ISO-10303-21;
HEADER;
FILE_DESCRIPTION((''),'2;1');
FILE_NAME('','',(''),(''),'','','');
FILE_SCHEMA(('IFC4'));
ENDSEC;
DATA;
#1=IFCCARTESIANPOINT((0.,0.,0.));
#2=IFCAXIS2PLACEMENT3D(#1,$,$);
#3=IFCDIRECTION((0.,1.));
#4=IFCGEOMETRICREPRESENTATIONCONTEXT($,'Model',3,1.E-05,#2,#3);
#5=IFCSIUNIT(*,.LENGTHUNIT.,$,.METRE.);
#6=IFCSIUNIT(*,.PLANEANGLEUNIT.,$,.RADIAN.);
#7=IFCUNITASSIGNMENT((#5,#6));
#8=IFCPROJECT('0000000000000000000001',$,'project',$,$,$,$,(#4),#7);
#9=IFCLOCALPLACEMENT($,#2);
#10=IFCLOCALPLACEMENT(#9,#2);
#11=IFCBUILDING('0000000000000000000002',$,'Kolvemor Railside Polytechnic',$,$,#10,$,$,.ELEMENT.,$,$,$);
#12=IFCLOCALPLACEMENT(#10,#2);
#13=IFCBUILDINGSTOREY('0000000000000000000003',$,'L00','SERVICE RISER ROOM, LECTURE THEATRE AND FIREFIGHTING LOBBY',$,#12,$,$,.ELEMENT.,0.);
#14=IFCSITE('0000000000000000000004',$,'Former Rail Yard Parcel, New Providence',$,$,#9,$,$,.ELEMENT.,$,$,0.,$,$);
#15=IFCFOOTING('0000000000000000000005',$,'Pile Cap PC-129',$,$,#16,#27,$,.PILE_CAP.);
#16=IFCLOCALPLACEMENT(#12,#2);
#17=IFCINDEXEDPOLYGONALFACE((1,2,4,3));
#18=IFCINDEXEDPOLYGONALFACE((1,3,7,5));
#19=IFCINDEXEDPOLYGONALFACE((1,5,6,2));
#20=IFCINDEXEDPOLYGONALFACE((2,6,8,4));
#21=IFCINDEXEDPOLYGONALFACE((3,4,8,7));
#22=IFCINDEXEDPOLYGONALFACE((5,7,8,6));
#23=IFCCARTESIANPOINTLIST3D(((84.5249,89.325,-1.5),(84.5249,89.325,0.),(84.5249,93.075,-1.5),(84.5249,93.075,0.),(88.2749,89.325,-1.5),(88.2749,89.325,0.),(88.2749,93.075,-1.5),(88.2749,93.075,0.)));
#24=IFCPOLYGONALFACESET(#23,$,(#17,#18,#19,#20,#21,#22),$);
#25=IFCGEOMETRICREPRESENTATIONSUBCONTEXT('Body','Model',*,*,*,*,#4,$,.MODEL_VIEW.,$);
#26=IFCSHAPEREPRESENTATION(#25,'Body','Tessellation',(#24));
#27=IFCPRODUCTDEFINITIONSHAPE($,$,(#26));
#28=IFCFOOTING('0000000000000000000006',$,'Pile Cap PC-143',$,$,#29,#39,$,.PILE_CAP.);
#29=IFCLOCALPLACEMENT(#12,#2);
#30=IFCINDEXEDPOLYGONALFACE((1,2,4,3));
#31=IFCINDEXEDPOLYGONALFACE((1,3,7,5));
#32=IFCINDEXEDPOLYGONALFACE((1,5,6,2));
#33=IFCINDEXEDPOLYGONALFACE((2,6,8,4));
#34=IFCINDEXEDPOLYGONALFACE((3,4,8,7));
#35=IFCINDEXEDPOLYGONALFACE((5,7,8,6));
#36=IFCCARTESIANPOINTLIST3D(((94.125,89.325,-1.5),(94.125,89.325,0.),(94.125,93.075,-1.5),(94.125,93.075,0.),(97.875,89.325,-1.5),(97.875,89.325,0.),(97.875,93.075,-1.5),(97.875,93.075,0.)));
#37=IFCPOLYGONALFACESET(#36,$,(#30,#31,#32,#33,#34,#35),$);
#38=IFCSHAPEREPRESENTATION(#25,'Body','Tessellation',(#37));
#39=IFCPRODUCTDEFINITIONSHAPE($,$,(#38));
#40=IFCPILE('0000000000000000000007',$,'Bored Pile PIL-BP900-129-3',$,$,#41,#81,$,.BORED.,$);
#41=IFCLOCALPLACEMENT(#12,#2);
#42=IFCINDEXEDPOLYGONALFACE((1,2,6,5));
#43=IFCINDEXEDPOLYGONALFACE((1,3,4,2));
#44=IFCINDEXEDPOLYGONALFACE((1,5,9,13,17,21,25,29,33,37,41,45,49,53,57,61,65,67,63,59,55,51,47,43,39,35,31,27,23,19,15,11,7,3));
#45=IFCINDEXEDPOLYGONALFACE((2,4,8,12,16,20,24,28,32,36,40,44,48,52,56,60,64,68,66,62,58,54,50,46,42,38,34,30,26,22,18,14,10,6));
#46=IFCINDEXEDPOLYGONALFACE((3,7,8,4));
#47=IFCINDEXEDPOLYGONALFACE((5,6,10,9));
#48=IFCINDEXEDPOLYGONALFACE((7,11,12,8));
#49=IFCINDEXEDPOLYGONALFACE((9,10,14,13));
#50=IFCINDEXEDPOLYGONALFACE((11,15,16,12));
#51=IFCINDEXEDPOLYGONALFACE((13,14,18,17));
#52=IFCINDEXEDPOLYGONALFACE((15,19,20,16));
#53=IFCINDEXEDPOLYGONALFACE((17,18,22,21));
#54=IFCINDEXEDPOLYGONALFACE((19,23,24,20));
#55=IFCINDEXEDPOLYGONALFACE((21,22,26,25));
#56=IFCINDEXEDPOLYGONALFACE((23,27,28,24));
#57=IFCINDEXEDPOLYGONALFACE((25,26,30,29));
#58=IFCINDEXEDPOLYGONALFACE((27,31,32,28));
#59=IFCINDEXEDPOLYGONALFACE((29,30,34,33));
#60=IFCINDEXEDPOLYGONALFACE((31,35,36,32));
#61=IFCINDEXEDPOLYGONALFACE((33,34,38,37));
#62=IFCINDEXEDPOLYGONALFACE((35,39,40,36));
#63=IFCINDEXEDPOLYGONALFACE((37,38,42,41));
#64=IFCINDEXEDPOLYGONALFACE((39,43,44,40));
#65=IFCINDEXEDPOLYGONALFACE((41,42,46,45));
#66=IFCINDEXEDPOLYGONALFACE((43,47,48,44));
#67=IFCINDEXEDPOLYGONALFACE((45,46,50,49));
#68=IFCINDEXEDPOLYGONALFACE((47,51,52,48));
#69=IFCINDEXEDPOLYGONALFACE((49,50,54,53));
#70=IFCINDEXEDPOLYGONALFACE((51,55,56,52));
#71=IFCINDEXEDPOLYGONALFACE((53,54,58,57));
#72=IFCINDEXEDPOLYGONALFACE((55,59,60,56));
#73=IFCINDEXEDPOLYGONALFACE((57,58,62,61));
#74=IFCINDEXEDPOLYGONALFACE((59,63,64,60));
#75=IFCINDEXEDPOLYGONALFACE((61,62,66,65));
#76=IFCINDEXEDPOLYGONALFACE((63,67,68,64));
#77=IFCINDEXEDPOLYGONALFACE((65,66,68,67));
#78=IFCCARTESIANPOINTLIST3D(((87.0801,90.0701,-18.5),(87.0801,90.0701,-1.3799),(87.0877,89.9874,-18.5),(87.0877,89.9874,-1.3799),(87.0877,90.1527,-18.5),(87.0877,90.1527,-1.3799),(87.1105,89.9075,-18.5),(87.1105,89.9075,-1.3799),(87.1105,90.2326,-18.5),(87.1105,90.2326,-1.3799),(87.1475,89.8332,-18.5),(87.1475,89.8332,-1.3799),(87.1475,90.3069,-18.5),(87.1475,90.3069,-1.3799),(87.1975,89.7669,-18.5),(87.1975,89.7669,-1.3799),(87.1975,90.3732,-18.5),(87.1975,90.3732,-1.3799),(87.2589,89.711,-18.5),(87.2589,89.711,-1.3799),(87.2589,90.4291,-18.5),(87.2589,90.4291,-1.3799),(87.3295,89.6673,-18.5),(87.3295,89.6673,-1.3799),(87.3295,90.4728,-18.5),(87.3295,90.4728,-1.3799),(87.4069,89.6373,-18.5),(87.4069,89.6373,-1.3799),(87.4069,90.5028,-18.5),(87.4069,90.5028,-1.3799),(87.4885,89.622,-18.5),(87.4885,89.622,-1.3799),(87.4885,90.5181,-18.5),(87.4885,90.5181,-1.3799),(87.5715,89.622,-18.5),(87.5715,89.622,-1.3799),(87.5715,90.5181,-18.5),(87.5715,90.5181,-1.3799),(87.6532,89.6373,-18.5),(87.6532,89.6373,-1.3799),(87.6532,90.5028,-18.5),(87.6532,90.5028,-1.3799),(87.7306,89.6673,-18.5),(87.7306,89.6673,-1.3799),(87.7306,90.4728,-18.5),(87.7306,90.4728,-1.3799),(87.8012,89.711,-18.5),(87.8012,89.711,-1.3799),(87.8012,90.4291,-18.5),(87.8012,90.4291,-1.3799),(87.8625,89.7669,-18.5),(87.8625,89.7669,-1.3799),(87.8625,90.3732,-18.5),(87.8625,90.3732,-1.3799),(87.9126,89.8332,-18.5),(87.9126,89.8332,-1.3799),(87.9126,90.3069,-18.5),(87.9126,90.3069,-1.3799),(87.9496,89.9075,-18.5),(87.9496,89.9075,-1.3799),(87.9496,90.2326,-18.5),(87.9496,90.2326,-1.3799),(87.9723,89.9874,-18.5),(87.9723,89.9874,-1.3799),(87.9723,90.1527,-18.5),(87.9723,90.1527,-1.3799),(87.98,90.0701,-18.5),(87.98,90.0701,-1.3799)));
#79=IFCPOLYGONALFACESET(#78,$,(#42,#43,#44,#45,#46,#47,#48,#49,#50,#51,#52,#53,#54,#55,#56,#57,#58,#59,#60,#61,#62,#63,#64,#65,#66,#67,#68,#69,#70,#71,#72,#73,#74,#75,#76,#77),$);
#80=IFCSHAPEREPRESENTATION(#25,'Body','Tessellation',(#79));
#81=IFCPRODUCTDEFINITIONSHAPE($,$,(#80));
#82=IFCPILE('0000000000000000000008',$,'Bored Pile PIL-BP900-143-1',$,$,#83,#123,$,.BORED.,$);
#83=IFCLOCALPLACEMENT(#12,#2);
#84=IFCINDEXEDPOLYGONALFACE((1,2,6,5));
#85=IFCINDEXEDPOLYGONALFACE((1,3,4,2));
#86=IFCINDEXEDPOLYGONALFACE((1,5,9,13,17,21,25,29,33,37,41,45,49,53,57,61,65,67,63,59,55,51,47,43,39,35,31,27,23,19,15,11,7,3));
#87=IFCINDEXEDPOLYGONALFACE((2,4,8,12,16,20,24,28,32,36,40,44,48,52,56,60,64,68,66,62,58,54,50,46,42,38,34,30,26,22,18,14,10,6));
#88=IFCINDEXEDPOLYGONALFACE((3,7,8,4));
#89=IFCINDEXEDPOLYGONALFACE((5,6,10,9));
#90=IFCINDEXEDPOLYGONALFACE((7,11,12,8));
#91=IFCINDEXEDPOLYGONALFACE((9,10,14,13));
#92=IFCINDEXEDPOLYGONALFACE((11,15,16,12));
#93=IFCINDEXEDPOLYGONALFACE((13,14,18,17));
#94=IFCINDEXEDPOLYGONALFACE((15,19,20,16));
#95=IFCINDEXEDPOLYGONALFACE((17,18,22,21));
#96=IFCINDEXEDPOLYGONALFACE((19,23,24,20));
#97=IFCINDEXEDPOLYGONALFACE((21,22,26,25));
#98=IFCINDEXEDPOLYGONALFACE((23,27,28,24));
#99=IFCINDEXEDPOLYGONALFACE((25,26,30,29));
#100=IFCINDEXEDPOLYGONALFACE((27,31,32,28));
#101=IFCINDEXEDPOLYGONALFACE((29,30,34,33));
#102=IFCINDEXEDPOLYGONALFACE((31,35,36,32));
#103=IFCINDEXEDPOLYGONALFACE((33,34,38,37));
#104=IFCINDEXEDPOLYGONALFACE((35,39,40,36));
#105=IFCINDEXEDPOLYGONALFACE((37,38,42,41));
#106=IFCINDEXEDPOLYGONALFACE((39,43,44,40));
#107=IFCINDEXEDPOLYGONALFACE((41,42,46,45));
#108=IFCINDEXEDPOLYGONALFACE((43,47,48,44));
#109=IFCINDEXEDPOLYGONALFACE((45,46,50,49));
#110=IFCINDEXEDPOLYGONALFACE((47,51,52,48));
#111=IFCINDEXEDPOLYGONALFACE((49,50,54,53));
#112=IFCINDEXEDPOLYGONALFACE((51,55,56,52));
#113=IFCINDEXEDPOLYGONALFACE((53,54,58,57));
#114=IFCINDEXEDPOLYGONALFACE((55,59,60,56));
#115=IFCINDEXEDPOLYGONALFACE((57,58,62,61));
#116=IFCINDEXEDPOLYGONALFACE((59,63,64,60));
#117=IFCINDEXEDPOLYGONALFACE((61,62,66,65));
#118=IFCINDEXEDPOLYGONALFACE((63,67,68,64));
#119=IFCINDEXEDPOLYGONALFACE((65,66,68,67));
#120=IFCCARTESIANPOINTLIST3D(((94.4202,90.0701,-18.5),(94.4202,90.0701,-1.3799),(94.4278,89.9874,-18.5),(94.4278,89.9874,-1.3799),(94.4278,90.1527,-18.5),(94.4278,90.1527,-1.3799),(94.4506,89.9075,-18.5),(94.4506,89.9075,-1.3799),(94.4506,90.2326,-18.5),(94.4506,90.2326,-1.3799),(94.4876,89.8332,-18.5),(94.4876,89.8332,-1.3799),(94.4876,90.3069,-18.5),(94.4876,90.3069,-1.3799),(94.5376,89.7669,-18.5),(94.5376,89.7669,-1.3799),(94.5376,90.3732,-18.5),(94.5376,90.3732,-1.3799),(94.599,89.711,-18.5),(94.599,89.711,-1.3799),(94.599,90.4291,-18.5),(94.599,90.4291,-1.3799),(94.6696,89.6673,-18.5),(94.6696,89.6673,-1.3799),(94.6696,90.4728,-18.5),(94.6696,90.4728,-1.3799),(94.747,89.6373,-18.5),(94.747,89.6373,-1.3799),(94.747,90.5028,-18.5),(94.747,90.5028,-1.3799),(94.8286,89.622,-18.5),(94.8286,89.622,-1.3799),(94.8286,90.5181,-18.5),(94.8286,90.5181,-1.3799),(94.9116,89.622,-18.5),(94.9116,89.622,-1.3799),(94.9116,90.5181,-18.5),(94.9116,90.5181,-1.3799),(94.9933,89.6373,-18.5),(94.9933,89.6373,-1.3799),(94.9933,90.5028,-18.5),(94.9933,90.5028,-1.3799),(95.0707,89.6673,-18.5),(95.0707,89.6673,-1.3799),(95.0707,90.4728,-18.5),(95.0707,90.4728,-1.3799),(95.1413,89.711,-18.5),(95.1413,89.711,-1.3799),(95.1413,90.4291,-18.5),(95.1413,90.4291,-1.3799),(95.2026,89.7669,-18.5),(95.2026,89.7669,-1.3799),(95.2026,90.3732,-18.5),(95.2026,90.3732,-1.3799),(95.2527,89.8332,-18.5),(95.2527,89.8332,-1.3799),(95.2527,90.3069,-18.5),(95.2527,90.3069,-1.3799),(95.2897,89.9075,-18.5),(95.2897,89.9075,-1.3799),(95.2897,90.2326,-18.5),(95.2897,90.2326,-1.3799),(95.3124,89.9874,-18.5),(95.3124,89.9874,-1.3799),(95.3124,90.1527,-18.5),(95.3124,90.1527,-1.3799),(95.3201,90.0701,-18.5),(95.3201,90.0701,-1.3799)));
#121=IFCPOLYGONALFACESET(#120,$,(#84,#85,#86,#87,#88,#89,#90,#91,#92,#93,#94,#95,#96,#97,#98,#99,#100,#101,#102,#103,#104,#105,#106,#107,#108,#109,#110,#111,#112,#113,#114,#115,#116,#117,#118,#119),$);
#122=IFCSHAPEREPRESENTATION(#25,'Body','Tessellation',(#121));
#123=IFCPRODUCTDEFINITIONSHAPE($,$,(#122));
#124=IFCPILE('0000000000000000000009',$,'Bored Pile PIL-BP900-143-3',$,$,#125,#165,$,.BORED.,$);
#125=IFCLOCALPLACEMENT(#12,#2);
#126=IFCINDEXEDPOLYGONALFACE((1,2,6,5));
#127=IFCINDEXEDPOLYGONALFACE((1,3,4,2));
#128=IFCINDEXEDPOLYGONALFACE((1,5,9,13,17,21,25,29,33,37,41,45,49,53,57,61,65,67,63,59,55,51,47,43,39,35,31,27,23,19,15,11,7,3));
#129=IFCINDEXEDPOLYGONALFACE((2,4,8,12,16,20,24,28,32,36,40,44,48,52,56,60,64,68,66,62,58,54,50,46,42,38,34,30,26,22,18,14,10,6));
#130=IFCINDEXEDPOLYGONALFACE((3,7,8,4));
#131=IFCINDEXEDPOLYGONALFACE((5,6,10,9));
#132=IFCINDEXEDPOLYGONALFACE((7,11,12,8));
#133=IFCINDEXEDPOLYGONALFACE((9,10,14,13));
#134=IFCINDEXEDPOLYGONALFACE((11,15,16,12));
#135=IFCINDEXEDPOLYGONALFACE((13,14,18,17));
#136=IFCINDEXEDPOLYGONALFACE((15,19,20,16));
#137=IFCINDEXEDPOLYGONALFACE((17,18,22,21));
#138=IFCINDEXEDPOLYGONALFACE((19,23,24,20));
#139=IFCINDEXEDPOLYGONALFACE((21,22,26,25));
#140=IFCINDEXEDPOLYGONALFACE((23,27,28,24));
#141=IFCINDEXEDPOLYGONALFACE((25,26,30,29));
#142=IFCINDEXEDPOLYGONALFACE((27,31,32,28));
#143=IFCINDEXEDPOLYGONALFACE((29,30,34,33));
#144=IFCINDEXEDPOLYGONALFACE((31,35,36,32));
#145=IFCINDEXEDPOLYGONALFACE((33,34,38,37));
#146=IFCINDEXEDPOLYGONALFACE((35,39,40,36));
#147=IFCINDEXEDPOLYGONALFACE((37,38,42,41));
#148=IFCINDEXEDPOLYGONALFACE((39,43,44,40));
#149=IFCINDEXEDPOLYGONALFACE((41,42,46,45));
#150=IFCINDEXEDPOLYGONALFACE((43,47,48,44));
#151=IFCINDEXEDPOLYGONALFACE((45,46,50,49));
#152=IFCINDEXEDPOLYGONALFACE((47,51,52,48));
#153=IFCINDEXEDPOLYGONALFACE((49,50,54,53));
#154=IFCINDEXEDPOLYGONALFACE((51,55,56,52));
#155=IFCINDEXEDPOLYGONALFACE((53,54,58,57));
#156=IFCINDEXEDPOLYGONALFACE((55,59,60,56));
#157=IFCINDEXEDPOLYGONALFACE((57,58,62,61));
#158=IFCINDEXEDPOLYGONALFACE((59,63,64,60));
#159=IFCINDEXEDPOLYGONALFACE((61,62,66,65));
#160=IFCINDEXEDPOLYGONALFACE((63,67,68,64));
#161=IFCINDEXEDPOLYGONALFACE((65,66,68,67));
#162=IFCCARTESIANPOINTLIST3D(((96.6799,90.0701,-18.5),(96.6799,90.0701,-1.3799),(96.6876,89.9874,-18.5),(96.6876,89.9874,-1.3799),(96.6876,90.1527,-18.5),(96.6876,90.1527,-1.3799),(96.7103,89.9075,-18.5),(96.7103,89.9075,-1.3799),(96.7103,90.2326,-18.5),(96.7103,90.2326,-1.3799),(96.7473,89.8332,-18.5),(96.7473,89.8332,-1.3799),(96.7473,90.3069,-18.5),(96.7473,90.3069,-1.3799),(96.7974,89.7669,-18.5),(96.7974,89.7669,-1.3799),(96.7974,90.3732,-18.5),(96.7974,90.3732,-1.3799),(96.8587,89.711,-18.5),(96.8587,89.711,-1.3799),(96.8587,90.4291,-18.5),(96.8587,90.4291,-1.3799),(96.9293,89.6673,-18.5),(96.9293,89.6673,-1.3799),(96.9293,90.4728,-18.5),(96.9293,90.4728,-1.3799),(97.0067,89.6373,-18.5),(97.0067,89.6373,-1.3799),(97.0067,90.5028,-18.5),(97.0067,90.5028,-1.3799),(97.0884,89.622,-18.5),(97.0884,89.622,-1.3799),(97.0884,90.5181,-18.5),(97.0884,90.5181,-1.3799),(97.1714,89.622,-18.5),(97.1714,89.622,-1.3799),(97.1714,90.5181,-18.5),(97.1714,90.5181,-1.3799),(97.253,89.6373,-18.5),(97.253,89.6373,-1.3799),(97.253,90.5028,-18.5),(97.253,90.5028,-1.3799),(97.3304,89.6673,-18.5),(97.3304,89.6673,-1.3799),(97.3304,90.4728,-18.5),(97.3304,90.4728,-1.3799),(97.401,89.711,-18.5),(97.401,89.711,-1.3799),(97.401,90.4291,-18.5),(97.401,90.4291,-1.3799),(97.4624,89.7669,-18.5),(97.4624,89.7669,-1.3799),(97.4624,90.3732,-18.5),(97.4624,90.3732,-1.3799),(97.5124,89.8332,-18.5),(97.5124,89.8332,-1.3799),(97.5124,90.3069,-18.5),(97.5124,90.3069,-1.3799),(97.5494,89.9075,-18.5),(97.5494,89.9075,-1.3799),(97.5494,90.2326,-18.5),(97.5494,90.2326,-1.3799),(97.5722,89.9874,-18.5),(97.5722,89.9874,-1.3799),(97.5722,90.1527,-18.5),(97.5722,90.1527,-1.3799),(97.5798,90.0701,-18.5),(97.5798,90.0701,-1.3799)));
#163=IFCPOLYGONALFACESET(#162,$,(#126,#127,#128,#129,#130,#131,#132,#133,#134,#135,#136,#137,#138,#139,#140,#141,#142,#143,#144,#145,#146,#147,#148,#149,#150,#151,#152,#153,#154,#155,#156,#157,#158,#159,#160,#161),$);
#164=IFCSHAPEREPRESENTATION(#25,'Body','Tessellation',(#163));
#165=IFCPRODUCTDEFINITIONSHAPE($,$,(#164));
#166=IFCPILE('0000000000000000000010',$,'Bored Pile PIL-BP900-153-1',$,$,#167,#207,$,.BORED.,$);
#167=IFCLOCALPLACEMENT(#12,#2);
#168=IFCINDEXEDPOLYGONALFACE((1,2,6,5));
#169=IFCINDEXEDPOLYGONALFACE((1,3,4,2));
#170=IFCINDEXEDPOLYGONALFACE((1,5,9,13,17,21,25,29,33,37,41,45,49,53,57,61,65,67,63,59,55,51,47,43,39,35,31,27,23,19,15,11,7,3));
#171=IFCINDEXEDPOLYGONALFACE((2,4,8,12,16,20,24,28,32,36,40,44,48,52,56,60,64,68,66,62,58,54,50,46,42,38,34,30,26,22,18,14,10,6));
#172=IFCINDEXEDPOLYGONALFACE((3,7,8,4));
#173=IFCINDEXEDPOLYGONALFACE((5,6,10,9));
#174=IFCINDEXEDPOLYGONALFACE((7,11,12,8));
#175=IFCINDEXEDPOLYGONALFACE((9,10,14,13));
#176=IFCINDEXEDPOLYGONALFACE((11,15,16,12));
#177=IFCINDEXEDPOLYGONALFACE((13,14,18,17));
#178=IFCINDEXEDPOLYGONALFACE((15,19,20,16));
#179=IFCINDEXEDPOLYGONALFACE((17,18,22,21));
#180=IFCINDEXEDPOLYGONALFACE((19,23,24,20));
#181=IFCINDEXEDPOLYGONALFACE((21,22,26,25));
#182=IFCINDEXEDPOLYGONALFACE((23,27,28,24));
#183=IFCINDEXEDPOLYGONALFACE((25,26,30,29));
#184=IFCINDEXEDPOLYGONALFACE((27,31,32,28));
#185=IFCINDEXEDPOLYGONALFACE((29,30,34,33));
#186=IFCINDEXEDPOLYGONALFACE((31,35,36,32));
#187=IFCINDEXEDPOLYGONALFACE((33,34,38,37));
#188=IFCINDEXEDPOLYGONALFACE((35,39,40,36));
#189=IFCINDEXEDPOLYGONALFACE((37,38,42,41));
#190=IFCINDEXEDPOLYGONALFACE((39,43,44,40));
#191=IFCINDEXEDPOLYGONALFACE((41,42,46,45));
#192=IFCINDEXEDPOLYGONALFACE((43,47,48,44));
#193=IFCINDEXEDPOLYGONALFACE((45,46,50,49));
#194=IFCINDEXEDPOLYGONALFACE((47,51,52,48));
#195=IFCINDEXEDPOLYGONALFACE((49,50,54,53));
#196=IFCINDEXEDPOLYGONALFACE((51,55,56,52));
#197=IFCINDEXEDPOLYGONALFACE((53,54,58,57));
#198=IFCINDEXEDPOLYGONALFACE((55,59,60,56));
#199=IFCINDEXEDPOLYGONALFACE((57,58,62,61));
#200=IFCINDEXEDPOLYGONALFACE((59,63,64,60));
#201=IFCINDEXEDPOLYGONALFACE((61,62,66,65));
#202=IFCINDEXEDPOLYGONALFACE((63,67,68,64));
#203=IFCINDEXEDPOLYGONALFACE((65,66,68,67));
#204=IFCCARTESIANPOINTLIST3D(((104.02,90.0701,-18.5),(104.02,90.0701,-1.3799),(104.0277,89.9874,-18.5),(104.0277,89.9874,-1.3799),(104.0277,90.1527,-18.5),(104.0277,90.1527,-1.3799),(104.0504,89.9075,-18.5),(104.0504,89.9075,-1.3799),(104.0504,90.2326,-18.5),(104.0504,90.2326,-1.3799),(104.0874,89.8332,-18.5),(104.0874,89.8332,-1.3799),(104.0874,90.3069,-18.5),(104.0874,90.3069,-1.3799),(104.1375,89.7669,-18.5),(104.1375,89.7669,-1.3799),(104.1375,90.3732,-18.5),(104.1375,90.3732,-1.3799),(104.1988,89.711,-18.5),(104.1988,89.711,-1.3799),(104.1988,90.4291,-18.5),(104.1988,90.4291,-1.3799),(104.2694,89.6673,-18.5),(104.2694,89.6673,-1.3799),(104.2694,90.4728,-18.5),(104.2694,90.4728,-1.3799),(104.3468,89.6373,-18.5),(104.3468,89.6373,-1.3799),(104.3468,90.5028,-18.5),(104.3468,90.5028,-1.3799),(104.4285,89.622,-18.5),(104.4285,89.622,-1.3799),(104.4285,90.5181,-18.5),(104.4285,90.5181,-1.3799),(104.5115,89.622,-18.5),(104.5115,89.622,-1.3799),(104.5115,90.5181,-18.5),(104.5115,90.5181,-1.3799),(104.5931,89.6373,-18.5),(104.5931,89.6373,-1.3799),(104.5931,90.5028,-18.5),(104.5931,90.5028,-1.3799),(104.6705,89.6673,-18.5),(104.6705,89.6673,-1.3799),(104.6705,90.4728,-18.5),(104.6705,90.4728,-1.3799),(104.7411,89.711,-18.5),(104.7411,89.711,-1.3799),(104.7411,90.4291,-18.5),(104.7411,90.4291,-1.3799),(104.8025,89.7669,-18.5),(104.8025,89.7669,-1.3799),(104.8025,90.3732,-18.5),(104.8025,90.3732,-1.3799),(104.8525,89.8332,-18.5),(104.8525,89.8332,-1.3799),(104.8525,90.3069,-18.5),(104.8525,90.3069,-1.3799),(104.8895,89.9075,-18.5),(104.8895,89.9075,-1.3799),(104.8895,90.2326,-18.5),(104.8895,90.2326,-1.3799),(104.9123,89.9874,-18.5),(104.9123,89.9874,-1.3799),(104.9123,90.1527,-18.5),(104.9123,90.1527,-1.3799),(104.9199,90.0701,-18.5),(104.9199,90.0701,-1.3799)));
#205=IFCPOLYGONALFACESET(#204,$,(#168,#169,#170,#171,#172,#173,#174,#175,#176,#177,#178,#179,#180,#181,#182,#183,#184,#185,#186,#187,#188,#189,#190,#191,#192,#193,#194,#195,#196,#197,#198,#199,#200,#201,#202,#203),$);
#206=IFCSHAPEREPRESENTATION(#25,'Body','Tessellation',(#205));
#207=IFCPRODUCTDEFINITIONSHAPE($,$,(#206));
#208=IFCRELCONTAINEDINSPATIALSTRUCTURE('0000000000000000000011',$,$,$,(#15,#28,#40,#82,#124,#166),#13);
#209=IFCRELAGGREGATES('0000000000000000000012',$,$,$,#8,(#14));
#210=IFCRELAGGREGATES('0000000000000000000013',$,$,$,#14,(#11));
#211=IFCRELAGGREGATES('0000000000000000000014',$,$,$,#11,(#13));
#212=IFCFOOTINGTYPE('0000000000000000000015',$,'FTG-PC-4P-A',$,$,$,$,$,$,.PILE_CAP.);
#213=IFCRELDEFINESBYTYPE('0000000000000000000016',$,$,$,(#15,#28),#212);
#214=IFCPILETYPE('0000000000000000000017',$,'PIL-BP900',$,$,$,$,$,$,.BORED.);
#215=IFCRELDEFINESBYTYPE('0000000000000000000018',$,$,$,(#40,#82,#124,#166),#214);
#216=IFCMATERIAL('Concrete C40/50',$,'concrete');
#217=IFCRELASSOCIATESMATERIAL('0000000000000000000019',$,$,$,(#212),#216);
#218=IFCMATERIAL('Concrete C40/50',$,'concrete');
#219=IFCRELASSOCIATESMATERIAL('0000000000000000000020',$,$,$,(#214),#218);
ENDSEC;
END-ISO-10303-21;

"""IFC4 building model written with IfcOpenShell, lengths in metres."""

from ifc_helpers import new_model, si_unit, direction, frame, origin, origin_2d, place, context, subcontext, project, spatial, rectangle, circle, extrude, material, material_profile, profile_set, type_object, element, save


model = new_model("IFC4")

# Units and contexts
model_context = context("Model", 3, precision=1e-05, world=origin(), true_north=direction((0.0, 1.0)))
body_context = subcontext(model_context, "Body", "Model", "MODEL_VIEW")
ifc_project = project(units=[si_unit("LENGTHUNIT", "METRE"), si_unit("PLANEANGLEUNIT", "RADIAN")], contexts=[model_context])

# Site, building, storey
site_placement = place(None, origin())
site = spatial("IfcSite", under=ifc_project, at=site_placement, Name="Former Rail Yard Parcel, New Providence", CompositionType="ELEMENT", RefElevation=0.0)
building_placement = place(site_placement, origin())
building = spatial("IfcBuilding", under=site, at=building_placement, Name="Kolvemor Railside Polytechnic", CompositionType="ELEMENT")
storey_placement = place(building_placement, origin())
storey = spatial("IfcBuildingStorey", under=building, at=storey_placement, Name="L00", Description="SERVICE RISER ROOM, LECTURE THEATRE AND FIREFIGHTING LOBBY", CompositionType="ELEMENT", Elevation=0.0)

# Footings
ifc_material_1 = material(Name="Concrete C40/50", Category="concrete")
footing_type = type_object("IfcFootingType", Name="FTG-PC-4P-A", PredefinedType="PILE_CAP", material=ifc_material_1)
for number, where, z_axis, x_axis, name in (
    (1, (86.3999, 91.2, -1.5), (0.0, 0.0, 1.0), (1.0, 0.0, 0.0), "Pile Cap PC-129"),
    (2, (96.0, 91.2, -1.5), (0.0, 0.0, 1.0), (1.0, 0.0, 0.0), "Pile Cap PC-143"),
):
    element("IfcFooting", number, at=place(storey_placement, frame(where, z_axis=z_axis, x_axis=x_axis)), inside=storey, type_object=footing_type, Name=name, PredefinedType="PILE_CAP", context=body_context, shape_type="SweptSolid", body=[
        extrude(rectangle(XDim=3.75, YDim=3.75, at=origin_2d()), origin(), (0.0, 0.0, 1.0), 1.5),
    ])

# Piles
ifc_material_2 = material(Name="Concrete C40/50", Category="concrete")
ifc_material_profile_1 = material_profile(ifc_material_2, circle(Radius=0.45, at=origin_2d()), Name="BP900")
ifc_profile_set_1 = profile_set([ifc_material_profile_1], Name="Concrete C40/50")
pile_type = type_object("IfcPileType", Name="PIL-BP900", PredefinedType="BORED", material=ifc_profile_set_1)
for number, where, z_axis, x_axis, name in (
    (3, (87.53, 90.0701, -1.3799), (0.0, 0.0, -1.0), (1.0, 0.0, 0.0), "Bored Pile PIL-BP900-129-3"),
    (4, (94.8701, 90.0701, -1.3799), (0.0, 0.0, -1.0), (1.0, 0.0, 0.0), "Bored Pile PIL-BP900-143-1"),
    (5, (97.1299, 90.0701, -1.3799), (0.0, 0.0, -1.0), (1.0, 0.0, 0.0), "Bored Pile PIL-BP900-143-3"),
    (6, (104.47, 90.0701, -1.3799), (0.0, 0.0, -1.0), (1.0, 0.0, 0.0), "Bored Pile PIL-BP900-153-1"),
):
    element("IfcPile", number, at=place(storey_placement, frame(where, z_axis=z_axis, x_axis=x_axis)), inside=storey, type_object=pile_type, Name=name, PredefinedType="BORED", context=body_context, shape_type="SweptSolid", body=[
        extrude(circle(Radius=0.45, at=origin_2d()), origin(), (0.0, 0.0, 1.0), 17.1201),
    ])

save(model, "model.ifc")
